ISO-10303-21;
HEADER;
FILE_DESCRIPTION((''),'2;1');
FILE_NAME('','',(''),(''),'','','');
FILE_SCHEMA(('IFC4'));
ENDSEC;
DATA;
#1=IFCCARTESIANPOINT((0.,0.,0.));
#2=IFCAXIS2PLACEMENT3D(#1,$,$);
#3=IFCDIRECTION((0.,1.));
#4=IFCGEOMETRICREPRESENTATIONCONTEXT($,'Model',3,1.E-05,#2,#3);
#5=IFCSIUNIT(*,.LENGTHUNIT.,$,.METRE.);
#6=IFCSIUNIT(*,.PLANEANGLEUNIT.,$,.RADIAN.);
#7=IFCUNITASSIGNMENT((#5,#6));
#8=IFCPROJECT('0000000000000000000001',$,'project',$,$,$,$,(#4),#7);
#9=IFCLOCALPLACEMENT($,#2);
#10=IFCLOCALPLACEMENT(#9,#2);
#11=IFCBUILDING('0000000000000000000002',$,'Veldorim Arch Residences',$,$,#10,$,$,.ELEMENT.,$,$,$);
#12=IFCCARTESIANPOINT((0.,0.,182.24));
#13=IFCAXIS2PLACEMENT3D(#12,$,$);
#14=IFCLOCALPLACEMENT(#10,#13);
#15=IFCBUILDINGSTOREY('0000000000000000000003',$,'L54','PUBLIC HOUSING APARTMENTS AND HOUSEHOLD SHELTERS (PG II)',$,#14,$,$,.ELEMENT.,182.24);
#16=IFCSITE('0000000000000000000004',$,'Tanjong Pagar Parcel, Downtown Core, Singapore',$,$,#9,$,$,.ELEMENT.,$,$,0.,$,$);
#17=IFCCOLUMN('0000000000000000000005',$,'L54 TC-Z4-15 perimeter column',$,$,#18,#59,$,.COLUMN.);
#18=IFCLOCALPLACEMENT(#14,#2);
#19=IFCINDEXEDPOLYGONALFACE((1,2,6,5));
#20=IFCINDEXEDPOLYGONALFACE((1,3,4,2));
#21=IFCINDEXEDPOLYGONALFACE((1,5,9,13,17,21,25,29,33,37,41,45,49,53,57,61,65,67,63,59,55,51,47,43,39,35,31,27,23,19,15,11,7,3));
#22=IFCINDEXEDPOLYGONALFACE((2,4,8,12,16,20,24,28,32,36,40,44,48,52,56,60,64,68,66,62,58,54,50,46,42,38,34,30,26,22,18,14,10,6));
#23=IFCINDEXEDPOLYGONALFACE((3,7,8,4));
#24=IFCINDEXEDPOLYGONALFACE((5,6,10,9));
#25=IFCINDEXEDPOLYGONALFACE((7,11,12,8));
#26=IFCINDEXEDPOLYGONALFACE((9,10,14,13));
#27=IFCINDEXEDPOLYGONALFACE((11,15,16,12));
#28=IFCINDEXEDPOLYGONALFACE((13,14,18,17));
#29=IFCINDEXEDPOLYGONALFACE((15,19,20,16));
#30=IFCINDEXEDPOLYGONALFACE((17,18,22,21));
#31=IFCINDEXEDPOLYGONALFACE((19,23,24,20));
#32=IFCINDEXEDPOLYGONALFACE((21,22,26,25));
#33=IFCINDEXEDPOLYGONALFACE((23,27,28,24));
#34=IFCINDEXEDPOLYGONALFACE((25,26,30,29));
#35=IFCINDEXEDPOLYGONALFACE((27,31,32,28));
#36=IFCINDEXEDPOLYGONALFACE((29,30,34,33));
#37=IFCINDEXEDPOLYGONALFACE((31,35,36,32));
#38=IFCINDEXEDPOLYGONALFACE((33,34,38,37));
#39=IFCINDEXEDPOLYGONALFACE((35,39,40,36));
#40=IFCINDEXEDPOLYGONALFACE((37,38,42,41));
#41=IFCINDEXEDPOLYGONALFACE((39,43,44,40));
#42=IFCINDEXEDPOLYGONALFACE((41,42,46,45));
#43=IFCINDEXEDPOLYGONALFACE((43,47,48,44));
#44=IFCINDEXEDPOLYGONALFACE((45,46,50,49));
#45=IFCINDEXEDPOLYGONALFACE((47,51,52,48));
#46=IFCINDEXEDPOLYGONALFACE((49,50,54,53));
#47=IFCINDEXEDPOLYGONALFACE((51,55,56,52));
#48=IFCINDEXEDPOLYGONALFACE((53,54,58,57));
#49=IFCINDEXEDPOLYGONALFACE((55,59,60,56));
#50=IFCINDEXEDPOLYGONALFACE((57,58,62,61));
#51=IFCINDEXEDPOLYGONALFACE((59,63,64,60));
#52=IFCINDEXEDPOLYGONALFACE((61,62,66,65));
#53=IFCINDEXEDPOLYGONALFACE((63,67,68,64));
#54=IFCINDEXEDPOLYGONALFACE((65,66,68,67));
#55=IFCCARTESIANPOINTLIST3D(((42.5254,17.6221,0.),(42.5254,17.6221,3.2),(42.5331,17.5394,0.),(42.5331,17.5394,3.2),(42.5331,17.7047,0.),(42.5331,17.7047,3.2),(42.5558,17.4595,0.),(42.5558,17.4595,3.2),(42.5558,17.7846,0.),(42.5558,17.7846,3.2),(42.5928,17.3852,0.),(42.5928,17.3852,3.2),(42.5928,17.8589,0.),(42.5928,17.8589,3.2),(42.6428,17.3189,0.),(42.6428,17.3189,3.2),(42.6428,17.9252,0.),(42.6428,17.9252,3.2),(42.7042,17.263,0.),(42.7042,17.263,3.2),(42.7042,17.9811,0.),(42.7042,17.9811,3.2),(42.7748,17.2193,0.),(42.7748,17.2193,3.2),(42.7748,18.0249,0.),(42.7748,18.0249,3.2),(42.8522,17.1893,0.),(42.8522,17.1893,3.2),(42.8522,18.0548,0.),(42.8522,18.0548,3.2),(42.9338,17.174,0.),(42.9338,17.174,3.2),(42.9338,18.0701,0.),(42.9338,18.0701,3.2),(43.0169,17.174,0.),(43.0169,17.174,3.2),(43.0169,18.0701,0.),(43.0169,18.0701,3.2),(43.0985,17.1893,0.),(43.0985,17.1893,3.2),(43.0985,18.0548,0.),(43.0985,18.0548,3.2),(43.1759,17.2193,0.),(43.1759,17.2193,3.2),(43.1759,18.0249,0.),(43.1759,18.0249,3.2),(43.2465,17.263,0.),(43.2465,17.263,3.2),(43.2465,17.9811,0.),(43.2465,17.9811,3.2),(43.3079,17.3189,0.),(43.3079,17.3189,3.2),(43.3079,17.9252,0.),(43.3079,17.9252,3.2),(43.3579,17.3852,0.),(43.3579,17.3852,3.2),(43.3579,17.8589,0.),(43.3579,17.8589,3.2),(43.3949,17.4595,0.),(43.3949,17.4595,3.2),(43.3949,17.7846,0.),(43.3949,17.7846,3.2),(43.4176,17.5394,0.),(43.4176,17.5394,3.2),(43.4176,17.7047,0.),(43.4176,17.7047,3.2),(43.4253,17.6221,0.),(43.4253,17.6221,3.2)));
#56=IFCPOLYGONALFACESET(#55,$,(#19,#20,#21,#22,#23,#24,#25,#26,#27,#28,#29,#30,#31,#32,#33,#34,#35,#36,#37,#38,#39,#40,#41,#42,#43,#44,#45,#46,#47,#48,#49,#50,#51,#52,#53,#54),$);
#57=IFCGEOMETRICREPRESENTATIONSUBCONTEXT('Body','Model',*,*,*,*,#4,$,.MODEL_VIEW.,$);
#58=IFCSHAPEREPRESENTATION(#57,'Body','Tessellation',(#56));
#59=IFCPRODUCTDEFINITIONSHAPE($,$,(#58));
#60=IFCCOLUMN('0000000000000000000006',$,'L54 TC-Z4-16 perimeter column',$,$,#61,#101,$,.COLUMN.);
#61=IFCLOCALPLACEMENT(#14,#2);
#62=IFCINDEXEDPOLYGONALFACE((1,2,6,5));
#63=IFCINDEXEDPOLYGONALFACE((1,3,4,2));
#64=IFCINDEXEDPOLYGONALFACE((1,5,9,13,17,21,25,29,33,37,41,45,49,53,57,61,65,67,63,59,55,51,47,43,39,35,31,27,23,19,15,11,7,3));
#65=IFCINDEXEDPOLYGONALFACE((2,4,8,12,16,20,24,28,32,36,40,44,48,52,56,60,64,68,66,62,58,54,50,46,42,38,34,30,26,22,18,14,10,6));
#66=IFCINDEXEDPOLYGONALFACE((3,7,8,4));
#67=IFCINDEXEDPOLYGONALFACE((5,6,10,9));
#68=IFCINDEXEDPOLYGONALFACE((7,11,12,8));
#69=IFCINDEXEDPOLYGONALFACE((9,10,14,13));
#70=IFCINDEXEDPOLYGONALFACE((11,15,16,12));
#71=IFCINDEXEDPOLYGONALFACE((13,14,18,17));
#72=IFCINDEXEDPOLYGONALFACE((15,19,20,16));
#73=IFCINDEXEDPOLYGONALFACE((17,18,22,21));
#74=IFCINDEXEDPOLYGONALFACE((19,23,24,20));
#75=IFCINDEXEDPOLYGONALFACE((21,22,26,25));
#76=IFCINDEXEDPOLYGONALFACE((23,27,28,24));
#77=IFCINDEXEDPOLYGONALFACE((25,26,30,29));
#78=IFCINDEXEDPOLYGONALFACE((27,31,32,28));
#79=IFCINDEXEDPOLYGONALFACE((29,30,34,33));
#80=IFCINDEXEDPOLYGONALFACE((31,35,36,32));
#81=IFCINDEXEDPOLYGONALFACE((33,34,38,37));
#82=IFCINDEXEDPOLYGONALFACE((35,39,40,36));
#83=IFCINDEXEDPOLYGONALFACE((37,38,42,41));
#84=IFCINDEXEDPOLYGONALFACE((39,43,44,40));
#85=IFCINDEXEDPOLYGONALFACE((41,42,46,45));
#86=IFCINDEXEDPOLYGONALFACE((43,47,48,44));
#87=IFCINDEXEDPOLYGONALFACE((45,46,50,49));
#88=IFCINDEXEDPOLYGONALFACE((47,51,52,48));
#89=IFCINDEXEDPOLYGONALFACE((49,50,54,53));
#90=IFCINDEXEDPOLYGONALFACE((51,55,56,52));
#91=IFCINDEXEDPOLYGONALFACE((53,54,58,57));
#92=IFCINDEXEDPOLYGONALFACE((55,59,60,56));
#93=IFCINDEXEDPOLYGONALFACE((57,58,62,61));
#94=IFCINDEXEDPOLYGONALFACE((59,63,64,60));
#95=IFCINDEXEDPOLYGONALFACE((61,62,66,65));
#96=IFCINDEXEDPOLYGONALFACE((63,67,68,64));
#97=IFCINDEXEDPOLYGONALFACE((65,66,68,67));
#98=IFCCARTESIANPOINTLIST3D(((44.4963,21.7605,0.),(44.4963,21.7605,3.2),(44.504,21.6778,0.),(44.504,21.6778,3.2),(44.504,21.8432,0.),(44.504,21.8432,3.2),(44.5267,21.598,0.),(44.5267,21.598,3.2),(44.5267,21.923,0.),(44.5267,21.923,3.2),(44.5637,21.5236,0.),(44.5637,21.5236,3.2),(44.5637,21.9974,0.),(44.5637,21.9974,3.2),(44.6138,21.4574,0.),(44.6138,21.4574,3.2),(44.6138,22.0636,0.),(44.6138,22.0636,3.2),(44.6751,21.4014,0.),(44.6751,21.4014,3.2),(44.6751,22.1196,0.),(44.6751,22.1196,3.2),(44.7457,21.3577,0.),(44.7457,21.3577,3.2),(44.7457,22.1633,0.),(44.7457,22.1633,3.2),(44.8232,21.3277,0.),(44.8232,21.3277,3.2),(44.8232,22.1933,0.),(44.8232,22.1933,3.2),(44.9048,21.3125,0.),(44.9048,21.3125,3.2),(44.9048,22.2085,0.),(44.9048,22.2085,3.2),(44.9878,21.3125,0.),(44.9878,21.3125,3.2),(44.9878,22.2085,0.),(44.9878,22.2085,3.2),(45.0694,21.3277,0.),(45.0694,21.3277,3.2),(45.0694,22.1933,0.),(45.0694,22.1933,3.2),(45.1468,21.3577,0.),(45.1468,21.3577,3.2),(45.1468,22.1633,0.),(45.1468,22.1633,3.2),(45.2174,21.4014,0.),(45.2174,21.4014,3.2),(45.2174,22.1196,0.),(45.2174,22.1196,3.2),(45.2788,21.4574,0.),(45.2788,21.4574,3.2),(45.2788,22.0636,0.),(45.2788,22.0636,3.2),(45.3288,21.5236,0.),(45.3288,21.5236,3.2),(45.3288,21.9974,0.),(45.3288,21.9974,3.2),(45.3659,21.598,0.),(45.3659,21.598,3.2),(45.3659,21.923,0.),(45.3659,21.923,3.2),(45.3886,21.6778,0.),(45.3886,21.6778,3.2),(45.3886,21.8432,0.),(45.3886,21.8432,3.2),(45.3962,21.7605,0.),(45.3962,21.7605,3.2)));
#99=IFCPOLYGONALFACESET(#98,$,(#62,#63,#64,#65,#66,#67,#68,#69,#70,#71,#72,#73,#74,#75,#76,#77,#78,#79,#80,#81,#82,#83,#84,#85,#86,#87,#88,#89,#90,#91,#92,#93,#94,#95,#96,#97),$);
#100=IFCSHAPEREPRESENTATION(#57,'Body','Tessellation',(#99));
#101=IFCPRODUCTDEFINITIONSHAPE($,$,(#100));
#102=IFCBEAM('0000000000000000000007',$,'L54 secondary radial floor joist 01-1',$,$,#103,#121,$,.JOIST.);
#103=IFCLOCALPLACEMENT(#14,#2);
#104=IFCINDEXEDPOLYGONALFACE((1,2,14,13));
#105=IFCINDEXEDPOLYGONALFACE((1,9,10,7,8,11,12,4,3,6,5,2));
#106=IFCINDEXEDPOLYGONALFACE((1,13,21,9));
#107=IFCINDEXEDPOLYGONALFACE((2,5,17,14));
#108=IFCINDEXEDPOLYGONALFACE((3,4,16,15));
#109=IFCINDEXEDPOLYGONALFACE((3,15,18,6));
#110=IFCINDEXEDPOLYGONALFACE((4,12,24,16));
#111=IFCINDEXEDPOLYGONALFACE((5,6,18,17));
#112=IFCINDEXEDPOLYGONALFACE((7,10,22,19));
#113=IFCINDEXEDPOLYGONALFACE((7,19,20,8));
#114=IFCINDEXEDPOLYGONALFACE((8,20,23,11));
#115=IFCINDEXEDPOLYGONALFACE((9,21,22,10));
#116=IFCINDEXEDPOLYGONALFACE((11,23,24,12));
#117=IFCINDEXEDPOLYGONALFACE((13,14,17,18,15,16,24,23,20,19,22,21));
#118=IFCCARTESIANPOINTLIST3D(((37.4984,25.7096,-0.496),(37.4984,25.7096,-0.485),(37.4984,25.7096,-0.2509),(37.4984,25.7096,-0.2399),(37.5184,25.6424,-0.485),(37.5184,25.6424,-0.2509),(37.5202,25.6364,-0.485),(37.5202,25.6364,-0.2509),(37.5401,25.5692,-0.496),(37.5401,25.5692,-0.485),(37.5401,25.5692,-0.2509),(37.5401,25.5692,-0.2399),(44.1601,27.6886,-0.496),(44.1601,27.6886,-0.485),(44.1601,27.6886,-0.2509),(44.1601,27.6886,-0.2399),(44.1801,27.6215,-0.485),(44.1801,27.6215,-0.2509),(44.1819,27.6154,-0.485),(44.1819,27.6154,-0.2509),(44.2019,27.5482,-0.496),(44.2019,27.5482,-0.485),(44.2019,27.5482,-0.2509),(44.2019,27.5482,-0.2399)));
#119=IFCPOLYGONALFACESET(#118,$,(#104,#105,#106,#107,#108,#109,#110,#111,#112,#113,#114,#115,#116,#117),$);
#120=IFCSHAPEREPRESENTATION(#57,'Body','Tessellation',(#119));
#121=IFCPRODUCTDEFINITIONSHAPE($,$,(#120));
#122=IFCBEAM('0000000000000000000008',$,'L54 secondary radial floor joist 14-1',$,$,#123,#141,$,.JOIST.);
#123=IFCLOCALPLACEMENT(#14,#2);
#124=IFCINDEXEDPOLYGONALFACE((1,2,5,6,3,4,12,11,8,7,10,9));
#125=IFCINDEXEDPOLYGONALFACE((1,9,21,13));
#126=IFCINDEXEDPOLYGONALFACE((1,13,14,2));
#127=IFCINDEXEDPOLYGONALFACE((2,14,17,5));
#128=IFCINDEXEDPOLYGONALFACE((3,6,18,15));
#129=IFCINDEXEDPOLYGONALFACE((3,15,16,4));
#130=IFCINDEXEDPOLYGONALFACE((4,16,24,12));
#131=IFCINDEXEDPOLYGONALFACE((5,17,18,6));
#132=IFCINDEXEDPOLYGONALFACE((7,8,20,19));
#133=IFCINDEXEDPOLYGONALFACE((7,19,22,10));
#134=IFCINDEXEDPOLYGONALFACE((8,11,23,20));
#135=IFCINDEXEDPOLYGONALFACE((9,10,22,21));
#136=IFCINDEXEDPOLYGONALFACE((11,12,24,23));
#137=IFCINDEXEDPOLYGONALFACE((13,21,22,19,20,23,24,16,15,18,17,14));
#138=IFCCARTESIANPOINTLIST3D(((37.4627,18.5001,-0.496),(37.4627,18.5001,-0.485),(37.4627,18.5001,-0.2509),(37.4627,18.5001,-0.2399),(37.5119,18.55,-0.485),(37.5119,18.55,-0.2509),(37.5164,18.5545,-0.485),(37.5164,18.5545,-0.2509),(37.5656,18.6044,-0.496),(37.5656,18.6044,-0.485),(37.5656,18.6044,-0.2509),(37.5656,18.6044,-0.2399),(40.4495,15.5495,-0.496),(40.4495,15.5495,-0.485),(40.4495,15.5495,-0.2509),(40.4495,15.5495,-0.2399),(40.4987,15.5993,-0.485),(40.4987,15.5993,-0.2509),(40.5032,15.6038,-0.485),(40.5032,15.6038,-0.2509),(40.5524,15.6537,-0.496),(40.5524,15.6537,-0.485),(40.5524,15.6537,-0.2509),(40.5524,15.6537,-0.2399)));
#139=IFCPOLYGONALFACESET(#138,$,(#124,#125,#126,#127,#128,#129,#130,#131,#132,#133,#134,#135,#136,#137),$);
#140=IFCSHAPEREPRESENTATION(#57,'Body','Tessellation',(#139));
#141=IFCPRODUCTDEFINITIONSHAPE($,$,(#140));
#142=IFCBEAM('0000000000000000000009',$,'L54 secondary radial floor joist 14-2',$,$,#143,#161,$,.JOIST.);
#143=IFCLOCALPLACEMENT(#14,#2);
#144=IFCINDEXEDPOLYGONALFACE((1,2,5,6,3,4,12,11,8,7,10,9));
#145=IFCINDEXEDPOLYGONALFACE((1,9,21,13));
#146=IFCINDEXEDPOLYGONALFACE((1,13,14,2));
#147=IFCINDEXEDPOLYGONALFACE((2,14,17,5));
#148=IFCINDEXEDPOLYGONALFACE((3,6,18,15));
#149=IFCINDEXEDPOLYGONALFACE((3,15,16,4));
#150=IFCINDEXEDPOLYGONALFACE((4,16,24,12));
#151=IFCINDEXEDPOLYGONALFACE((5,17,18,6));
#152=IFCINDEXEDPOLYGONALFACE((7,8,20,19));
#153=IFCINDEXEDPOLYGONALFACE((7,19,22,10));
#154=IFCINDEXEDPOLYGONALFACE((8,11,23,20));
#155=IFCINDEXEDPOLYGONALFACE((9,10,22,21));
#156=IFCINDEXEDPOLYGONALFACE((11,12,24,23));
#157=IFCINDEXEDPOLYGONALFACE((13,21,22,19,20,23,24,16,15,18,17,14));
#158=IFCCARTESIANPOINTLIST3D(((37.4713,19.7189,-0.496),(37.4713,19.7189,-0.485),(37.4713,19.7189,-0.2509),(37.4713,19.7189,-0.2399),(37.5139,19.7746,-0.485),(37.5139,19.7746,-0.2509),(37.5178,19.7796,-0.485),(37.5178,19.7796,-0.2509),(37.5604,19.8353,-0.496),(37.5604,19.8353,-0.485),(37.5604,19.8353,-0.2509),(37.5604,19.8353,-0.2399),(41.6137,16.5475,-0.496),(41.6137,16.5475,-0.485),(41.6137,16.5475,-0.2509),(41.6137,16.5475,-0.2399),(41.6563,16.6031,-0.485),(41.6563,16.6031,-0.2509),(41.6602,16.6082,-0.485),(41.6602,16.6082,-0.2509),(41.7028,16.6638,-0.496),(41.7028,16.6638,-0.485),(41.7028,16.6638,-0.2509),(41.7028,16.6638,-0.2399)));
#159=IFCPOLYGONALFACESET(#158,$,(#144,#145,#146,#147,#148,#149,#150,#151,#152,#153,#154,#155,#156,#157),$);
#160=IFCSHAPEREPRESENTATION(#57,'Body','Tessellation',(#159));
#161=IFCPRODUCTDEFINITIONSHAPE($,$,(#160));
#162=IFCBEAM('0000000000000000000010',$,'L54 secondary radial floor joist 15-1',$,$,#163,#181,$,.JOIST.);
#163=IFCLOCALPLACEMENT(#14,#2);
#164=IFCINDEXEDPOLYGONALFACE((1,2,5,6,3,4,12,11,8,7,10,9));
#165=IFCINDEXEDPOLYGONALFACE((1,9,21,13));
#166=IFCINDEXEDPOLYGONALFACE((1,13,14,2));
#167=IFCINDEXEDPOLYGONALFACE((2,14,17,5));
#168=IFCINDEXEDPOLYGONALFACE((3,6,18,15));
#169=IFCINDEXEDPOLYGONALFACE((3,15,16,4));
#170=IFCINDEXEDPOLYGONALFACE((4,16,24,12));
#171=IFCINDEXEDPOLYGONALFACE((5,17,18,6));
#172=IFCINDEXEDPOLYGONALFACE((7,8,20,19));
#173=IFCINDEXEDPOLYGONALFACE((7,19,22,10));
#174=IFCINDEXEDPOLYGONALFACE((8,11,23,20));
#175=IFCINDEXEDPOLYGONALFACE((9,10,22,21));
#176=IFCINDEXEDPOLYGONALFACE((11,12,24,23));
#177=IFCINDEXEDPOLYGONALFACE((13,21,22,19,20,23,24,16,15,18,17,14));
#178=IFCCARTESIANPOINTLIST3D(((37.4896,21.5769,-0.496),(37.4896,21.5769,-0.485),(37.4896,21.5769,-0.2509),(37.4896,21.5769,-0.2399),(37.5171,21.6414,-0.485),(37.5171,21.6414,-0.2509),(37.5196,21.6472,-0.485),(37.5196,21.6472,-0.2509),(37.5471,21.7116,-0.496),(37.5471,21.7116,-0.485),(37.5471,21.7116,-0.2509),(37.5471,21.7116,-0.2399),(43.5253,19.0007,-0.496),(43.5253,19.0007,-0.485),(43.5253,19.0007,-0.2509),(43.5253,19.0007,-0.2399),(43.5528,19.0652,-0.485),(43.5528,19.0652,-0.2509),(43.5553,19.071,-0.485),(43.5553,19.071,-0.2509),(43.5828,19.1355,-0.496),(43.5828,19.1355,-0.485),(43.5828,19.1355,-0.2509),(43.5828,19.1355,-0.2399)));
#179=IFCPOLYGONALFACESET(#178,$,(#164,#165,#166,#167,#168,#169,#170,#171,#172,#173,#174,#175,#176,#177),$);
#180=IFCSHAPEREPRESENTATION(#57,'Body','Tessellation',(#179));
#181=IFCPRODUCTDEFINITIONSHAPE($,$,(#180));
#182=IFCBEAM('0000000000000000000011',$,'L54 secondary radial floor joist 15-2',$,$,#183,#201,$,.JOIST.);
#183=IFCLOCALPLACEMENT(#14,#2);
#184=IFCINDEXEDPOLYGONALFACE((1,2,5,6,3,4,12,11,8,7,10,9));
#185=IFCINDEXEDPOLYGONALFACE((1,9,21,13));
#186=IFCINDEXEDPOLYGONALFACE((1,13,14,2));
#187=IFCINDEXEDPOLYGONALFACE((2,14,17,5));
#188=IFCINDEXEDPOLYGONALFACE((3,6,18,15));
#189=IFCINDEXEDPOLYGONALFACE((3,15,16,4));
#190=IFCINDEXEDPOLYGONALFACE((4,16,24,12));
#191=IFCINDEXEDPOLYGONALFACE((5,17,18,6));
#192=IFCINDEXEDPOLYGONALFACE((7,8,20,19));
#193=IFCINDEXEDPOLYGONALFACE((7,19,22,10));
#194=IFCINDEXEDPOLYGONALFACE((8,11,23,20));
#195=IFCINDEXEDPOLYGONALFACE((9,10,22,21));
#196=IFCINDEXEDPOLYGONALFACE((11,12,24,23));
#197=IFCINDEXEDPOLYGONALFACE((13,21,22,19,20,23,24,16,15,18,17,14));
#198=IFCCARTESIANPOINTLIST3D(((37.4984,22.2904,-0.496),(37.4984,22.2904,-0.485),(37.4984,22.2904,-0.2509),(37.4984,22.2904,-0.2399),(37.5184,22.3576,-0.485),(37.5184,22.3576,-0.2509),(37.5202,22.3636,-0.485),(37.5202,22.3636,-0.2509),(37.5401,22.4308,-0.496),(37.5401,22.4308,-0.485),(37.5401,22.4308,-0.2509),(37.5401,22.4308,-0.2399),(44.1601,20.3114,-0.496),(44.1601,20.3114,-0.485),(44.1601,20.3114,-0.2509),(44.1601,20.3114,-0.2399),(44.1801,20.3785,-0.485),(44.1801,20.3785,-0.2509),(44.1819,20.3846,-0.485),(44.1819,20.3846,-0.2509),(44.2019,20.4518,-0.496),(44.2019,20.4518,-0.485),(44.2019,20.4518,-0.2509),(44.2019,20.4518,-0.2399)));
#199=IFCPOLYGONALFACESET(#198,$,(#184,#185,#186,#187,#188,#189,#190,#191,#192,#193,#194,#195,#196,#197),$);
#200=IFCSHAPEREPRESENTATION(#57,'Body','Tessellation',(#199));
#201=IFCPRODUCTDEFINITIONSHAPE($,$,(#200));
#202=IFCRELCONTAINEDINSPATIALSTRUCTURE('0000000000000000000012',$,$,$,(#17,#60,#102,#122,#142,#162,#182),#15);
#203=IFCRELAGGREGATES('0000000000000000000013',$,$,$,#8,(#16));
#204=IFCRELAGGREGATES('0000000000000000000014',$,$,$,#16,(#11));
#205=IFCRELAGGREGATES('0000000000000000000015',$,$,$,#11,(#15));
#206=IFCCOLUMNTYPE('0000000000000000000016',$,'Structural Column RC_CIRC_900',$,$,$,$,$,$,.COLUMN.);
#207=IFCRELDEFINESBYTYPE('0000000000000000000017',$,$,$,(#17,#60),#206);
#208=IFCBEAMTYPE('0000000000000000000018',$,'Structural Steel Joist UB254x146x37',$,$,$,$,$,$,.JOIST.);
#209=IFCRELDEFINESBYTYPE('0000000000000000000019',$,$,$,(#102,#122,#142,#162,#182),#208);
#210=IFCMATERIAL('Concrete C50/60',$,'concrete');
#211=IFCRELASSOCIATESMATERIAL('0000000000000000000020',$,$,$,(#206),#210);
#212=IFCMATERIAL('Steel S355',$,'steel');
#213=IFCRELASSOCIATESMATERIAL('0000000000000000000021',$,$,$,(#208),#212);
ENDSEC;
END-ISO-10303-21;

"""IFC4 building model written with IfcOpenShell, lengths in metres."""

from ifc_helpers import new_model, si_unit, direction, frame, origin, origin_2d, place, context, subcontext, project, spatial, circle, i_section, extrude, material, material_profile, profile_set, type_object, element, save


model = new_model("IFC4")

# Units and contexts
model_context = context("Model", 3, precision=1e-05, world=origin(), true_north=direction((0.0, 1.0)))
body_context = subcontext(model_context, "Body", "Model", "MODEL_VIEW")
ifc_project = project(units=[si_unit("LENGTHUNIT", "METRE"), si_unit("PLANEANGLEUNIT", "RADIAN")], contexts=[model_context])

# Site, building, storey
site_placement = place(None, origin())
site = spatial("IfcSite", under=ifc_project, at=site_placement, Name="Tanjong Pagar Parcel, Downtown Core, Singapore", CompositionType="ELEMENT", RefElevation=0.0)
building_placement = place(site_placement, origin())
building = spatial("IfcBuilding", under=site, at=building_placement, Name="Veldorim Arch Residences", CompositionType="ELEMENT")
storey_placement = place(building_placement, frame((0.0, 0.0, 182.24)))
storey = spatial("IfcBuildingStorey", under=building, at=storey_placement, Name="L54", Description="PUBLIC HOUSING APARTMENTS AND HOUSEHOLD SHELTERS (PG II)", CompositionType="ELEMENT", Elevation=182.24)

# Columns
ifc_material_1 = material(Name="Concrete C50/60", Category="concrete")
ifc_material_profile_1 = material_profile(ifc_material_1, circle(Radius=0.45, at=origin_2d()), Name="RC_CIRC_900")
ifc_profile_set_1 = profile_set([ifc_material_profile_1], Name="Concrete C50/60")
column_type = type_object("IfcColumnType", Name="Structural Column RC_CIRC_900", PredefinedType="COLUMN", material=ifc_profile_set_1)
for number, where, z_axis, x_axis, name in (
    (1, (42.9753, 17.6221, 0.0), (0.0, 0.0, 1.0), (1.0, 0.0, 0.0), "L54 TC-Z4-15 perimeter column"),
    (2, (44.9463, 21.7605, 0.0), (0.0, 0.0, 1.0), (1.0, 0.0, 0.0), "L54 TC-Z4-16 perimeter column"),
):
    element("IfcColumn", number, at=place(storey_placement, frame(where, z_axis=z_axis, x_axis=x_axis)), inside=storey, type_object=column_type, Name=name, PredefinedType="COLUMN", context=body_context, shape_type="SweptSolid", body=[
        extrude(circle(Radius=0.45, at=origin_2d()), origin(), (0.0, 0.0, 1.0), 3.2),
    ])

# Beams
ifc_material_2 = material(Name="Steel S355", Category="steel")
ifc_material_profile_2 = material_profile(ifc_material_2, i_section(OverallWidth=0.1465, OverallDepth=0.2561, WebThickness=0.0063, FlangeThickness=0.011, at=origin_2d()), Name="UB254x146x37")
ifc_profile_set_2 = profile_set([ifc_material_profile_2], Name="Steel S355")
beam_type_1 = type_object("IfcBeamType", Name="Structural Steel Joist UB254x146x37", PredefinedType="JOIST", material=ifc_profile_set_2)
beam_1_placement = place(storey_placement, frame((37.5193, 25.6394, -0.3679), z_axis=(0.958594, 0.284775, 0.0), x_axis=(-0.284775, 0.958594, 0.0)))
element("IfcBeam", 3, at=beam_1_placement, inside=storey, type_object=beam_type_1, Name="L54 secondary radial floor joist 01-1", PredefinedType="JOIST", context=body_context, shape_type="SweptSolid", body=[
    extrude(i_section(OverallWidth=0.1465, OverallDepth=0.2561, WebThickness=0.0063, FlangeThickness=0.011, at=origin_2d()), origin(), (0.0, 0.0, 1.0), 6.9495),
])
beam_2_placement = place(storey_placement, frame((37.5142, 18.5522, -0.3679), z_axis=(0.711397, -0.702791, 0.0), x_axis=(0.702791, 0.711397, 0.0)))
element("IfcBeam", 4, at=beam_2_placement, inside=storey, type_object=beam_type_1, Name="L54 secondary radial floor joist 14-1", PredefinedType="JOIST", context=body_context, shape_type="SweptSolid", body=[
    extrude(i_section(OverallWidth=0.1465, OverallDepth=0.2561, WebThickness=0.0063, FlangeThickness=0.011, at=origin_2d()), origin(), (0.0, 0.0, 1.0), 4.1985),
])
beam_3_placement = place(storey_placement, frame((37.5159, 19.7771, -0.3679), z_axis=(0.794014, -0.6079, 0.0), x_axis=(0.6079, 0.794014, 0.0)))
element("IfcBeam", 5, at=beam_3_placement, inside=storey, type_object=beam_type_1, Name="L54 secondary radial floor joist 14-2", PredefinedType="JOIST", context=body_context, shape_type="SweptSolid", body=[
    extrude(i_section(OverallWidth=0.1465, OverallDepth=0.2561, WebThickness=0.0063, FlangeThickness=0.011, at=origin_2d()), origin(), (0.0, 0.0, 1.0), 5.217),
])
beam_4_placement = place(storey_placement, frame((37.5183, 21.6443, -0.3679), z_axis=(0.919725, -0.392563, 0.0), x_axis=(0.392563, 0.919725, 0.0)))
element("IfcBeam", 6, at=beam_4_placement, inside=storey, type_object=beam_type_1, Name="L54 secondary radial floor joist 15-1", PredefinedType="JOIST", context=body_context, shape_type="SweptSolid", body=[
    extrude(i_section(OverallWidth=0.1465, OverallDepth=0.2561, WebThickness=0.0063, FlangeThickness=0.011, at=origin_2d()), origin(), (0.0, 0.0, 1.0), 6.5625),
])
beam_5_placement = place(storey_placement, frame((37.5193, 22.3606, -0.3679), z_axis=(0.958594, -0.284775, 0.0), x_axis=(0.284775, 0.958594, 0.0)))
element("IfcBeam", 7, at=beam_5_placement, inside=storey, type_object=beam_type_1, Name="L54 secondary radial floor joist 15-2", PredefinedType="JOIST", context=body_context, shape_type="SweptSolid", body=[
    extrude(i_section(OverallWidth=0.1465, OverallDepth=0.2561, WebThickness=0.0063, FlangeThickness=0.011, at=origin_2d()), origin(), (0.0, 0.0, 1.0), 6.9495),
])

save(model, "model.ifc")
